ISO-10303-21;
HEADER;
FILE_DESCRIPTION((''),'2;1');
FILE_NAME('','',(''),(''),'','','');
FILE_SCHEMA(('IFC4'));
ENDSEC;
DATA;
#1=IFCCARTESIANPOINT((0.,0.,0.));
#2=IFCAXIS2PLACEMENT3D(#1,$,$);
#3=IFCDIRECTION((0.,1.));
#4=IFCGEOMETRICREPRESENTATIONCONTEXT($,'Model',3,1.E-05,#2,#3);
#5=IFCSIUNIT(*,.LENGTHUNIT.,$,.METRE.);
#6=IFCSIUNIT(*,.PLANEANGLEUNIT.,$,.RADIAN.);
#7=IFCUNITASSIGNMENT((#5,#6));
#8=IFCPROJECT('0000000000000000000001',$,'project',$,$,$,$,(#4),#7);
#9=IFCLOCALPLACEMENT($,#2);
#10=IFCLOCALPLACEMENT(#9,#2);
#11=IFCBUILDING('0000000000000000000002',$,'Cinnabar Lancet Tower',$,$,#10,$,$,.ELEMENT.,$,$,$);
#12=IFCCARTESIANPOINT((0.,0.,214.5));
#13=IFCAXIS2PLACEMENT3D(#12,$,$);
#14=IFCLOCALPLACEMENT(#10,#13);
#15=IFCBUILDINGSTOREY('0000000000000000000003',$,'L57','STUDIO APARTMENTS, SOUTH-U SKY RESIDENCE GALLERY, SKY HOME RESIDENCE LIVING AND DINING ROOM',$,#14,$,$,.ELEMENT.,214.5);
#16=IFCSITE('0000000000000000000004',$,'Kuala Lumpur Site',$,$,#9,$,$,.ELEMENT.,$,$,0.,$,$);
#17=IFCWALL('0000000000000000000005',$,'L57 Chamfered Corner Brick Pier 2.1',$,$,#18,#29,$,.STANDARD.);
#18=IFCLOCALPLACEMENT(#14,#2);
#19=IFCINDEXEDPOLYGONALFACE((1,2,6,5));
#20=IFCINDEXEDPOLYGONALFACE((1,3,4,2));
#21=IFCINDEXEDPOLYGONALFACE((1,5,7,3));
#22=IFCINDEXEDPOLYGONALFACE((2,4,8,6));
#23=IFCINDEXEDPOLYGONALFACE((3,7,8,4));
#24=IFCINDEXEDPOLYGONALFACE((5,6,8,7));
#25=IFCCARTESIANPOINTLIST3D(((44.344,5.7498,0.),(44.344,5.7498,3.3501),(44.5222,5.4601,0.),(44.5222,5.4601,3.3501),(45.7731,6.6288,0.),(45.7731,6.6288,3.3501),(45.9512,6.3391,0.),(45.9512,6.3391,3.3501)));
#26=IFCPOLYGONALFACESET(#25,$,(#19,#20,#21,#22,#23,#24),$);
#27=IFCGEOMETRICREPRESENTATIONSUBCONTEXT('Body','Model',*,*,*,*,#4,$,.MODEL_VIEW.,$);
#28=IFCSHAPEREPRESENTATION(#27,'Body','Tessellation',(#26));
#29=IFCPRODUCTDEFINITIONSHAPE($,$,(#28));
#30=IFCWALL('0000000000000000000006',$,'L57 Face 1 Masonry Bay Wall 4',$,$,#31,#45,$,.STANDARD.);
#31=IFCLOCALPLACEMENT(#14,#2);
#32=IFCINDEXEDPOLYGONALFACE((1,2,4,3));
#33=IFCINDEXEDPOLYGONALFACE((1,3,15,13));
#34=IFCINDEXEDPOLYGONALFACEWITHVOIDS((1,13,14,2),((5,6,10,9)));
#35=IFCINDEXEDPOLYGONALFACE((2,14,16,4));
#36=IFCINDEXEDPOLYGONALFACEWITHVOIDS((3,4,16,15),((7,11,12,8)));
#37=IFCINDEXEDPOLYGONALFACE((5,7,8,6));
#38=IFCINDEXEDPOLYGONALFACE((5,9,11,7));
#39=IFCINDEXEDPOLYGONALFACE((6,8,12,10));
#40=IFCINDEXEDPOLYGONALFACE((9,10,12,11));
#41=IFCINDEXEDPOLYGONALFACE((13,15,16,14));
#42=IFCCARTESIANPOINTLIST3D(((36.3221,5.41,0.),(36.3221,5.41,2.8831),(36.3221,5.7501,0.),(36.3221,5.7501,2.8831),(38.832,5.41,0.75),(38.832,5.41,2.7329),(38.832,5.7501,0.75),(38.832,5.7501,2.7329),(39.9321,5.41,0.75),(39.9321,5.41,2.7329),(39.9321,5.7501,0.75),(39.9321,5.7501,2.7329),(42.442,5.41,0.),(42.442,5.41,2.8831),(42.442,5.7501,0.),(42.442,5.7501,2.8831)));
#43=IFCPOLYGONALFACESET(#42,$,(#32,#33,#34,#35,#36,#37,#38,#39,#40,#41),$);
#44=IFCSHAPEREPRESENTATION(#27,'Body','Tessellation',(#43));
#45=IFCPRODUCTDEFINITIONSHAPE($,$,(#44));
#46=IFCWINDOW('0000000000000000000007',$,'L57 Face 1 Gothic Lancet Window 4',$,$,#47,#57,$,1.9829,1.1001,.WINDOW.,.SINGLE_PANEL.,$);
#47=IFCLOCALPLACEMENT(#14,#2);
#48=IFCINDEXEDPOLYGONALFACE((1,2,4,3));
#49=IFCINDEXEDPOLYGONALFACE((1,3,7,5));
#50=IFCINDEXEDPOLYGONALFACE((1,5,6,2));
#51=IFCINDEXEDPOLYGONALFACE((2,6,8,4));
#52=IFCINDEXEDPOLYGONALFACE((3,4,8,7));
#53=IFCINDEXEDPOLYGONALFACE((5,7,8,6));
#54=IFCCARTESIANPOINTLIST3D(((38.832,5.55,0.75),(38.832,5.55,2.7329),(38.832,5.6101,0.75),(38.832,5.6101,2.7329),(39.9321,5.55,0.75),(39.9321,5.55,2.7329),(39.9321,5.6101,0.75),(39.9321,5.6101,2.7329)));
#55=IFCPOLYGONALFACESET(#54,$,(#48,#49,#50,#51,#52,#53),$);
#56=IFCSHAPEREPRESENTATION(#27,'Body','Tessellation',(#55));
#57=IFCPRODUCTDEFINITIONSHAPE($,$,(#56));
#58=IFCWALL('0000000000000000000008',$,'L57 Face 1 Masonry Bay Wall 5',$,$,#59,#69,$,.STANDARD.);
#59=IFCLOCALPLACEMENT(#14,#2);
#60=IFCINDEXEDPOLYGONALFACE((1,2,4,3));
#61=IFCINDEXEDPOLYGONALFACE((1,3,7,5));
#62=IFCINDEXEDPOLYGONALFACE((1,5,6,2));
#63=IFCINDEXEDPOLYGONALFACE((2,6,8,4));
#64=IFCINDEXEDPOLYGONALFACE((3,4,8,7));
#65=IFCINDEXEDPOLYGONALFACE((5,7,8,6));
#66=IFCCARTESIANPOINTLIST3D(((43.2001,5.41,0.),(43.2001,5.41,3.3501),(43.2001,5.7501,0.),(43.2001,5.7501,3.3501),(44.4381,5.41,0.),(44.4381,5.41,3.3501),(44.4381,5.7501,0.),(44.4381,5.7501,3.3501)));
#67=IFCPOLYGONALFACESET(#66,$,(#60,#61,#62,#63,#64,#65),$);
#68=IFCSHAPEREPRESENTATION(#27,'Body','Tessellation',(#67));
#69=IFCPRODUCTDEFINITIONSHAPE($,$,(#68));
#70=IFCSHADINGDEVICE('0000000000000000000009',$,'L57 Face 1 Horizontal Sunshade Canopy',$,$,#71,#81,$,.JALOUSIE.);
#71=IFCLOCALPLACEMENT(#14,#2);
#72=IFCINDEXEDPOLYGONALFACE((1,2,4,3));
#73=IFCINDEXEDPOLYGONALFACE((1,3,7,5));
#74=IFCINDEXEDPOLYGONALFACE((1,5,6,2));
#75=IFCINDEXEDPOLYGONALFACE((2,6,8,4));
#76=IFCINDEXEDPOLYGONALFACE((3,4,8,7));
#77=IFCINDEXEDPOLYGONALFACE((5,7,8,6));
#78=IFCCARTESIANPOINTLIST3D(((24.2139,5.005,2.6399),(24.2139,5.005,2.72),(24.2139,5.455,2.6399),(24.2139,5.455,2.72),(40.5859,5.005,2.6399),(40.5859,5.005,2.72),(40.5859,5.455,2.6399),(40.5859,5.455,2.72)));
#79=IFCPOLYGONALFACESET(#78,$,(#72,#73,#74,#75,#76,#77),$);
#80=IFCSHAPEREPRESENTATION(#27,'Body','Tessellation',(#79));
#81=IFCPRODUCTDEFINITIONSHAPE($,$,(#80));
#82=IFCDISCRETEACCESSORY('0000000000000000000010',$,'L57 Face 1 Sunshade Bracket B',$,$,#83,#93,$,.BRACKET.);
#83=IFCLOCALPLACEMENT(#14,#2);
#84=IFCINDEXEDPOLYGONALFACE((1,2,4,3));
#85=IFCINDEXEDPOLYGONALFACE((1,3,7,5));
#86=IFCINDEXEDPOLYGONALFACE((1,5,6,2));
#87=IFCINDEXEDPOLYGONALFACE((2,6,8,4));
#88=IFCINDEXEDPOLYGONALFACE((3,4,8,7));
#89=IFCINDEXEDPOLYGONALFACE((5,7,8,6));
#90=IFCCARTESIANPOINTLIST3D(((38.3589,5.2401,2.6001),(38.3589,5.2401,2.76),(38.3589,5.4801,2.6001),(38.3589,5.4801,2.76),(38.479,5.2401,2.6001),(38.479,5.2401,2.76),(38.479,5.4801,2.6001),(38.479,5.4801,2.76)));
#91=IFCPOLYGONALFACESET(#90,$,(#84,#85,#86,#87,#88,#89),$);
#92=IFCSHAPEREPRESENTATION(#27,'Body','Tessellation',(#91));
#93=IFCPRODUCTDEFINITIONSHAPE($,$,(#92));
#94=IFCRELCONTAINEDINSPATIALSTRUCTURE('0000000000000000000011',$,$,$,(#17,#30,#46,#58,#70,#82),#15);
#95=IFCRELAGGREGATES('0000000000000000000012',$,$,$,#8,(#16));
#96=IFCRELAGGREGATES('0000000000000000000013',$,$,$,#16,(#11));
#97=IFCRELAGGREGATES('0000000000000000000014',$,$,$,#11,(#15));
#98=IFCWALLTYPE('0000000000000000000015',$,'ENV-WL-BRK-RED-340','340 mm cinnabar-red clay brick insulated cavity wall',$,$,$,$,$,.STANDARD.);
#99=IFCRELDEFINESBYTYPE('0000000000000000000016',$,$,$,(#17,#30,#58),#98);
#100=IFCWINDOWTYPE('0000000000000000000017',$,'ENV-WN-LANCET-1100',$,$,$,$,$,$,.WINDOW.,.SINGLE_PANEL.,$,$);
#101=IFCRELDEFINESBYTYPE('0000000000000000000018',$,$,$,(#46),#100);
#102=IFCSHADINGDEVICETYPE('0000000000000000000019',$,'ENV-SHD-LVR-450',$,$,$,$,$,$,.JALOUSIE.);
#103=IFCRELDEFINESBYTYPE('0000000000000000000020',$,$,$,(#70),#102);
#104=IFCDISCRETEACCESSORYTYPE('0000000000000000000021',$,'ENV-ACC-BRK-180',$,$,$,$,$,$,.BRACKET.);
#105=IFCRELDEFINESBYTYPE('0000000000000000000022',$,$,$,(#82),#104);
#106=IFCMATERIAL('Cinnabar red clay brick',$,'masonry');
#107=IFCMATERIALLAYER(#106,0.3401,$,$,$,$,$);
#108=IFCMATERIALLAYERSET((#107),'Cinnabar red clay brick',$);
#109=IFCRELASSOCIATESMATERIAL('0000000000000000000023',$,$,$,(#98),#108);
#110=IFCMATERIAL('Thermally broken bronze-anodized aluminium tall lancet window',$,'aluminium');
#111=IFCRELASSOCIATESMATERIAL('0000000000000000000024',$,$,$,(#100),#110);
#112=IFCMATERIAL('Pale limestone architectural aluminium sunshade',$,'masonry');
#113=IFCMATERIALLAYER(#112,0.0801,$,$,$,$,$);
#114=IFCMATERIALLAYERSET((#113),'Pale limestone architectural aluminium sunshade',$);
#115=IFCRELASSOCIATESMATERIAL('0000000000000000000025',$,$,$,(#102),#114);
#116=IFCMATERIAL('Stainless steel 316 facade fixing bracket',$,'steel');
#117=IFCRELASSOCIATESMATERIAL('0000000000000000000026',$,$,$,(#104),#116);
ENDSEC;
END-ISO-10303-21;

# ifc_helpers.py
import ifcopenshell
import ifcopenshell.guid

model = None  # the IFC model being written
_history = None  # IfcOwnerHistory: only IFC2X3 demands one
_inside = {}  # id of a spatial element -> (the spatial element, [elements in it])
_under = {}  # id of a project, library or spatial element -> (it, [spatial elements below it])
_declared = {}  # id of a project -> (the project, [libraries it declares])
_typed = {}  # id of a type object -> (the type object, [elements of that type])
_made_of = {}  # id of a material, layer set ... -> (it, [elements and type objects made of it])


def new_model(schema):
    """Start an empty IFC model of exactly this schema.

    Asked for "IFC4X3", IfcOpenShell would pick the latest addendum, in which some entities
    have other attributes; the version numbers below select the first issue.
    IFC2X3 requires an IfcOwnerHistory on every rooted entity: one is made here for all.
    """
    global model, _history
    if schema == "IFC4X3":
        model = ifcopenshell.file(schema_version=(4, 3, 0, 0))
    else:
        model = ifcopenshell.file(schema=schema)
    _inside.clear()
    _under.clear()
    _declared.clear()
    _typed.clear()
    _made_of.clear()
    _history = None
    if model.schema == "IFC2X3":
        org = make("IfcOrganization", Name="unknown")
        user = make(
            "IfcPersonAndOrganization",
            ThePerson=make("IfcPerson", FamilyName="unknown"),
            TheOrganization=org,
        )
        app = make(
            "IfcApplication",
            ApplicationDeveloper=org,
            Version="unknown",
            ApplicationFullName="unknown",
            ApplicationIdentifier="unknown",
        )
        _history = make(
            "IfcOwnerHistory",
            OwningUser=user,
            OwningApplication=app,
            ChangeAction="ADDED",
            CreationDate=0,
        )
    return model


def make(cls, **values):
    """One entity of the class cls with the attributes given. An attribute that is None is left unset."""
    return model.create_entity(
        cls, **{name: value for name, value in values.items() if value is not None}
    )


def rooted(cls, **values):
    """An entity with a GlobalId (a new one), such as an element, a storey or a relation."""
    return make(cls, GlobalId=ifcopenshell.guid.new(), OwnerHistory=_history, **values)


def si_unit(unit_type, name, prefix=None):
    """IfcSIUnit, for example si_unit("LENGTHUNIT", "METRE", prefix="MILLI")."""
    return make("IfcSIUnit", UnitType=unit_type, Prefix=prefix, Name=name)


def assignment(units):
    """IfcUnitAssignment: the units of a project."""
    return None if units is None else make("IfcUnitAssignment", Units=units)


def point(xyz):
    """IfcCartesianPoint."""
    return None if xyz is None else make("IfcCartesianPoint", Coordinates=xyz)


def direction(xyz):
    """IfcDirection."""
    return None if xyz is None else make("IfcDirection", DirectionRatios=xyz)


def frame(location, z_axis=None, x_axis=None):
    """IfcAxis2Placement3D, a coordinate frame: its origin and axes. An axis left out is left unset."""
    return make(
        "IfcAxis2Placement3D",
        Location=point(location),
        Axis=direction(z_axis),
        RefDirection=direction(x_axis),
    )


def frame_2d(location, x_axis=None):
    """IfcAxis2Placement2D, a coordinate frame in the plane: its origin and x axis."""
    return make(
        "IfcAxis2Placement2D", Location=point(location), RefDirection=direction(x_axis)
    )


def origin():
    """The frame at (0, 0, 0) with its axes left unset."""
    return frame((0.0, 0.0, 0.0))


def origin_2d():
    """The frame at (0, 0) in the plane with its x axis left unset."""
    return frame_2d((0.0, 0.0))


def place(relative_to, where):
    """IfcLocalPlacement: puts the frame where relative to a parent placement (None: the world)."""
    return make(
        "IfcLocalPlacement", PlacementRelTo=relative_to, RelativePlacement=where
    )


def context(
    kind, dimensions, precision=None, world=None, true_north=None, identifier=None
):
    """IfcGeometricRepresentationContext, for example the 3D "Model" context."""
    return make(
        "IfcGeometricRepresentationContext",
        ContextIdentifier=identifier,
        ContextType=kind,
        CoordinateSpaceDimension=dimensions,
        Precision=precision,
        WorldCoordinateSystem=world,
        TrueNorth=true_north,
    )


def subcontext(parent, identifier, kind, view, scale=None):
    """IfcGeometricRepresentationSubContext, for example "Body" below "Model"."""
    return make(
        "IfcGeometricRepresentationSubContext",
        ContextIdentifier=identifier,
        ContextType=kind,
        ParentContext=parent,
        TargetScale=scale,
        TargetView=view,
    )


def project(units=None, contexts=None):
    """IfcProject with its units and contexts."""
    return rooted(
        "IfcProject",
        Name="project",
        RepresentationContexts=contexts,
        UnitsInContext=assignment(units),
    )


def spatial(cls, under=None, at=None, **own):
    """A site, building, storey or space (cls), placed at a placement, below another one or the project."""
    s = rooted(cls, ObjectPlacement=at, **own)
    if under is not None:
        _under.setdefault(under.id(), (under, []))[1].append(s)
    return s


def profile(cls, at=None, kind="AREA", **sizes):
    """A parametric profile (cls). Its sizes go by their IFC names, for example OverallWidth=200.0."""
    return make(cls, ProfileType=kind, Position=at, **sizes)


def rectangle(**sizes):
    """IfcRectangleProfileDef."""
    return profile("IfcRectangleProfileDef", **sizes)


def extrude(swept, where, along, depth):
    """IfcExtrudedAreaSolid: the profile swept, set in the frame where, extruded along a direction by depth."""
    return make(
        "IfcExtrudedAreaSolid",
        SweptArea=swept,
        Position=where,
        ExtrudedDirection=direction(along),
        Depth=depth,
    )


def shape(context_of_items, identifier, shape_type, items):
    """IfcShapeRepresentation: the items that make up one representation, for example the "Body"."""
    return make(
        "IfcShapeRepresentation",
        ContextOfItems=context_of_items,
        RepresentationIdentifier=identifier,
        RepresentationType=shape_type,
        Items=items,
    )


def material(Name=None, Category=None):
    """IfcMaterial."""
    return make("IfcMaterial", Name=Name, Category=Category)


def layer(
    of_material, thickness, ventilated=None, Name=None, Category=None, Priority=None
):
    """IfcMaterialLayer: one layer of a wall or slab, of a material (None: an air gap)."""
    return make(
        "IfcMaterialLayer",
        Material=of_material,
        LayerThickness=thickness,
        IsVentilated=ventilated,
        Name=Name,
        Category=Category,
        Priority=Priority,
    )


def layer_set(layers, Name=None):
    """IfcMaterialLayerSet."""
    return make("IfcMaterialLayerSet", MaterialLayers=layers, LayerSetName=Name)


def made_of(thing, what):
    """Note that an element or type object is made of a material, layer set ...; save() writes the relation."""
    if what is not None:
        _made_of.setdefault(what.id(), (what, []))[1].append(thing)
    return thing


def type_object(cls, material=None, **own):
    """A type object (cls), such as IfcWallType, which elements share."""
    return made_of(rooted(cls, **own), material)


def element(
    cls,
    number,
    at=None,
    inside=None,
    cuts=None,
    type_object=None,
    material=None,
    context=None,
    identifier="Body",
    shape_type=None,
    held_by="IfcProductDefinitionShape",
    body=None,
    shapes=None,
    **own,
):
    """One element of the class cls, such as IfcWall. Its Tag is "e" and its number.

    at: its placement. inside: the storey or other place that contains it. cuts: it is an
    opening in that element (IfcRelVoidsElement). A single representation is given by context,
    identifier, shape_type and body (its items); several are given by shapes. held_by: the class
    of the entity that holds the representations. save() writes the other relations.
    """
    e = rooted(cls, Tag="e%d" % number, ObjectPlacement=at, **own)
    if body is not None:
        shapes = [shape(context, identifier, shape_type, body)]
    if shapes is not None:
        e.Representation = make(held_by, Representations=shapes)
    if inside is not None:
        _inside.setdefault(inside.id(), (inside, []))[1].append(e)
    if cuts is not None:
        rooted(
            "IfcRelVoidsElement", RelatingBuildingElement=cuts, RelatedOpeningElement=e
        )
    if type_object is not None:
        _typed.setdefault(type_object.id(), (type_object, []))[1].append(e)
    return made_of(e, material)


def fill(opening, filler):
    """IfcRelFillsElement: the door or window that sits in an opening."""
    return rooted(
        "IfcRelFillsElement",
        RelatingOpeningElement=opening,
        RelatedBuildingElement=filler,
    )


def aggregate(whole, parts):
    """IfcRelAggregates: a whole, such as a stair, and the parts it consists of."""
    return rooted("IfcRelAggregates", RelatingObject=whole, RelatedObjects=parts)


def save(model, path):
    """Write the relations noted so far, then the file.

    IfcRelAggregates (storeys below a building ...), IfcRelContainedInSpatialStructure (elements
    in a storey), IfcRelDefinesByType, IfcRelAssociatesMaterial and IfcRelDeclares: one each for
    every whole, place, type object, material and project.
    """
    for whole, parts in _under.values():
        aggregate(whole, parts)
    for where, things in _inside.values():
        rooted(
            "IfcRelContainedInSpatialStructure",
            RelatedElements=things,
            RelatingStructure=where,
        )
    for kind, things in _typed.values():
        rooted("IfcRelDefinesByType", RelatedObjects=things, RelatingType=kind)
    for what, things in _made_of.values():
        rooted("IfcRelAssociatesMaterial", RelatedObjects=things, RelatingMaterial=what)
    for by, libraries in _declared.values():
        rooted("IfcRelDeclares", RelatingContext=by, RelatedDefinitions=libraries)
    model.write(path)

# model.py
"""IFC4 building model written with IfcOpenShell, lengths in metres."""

from ifc_helpers import new_model, si_unit, direction, frame, frame_2d, origin, origin_2d, place, context, subcontext, project, spatial, rectangle, extrude, material, layer, layer_set, type_object, element, fill, save


model = new_model("IFC4")

# Units and contexts
model_context = context("Model", 3, precision=1e-05, world=origin(), true_north=direction((0.0, 1.0)))
body_context = subcontext(model_context, "Body", "Model", "MODEL_VIEW")
ifc_project = project(units=[si_unit("LENGTHUNIT", "METRE"), si_unit("PLANEANGLEUNIT", "RADIAN")], contexts=[model_context])

# Site, building, storey
site_placement = place(None, origin())
site = spatial("IfcSite", under=ifc_project, at=site_placement, Name="Kuala Lumpur Site", CompositionType="ELEMENT", RefElevation=0.0)
building_placement = place(site_placement, origin())
building = spatial("IfcBuilding", under=site, at=building_placement, Name="Cinnabar Lancet Tower", CompositionType="ELEMENT")
storey_placement = place(building_placement, frame((0.0, 0.0, 214.5)))
storey = spatial("IfcBuildingStorey", under=building, at=storey_placement, Name="L57", Description="STUDIO APARTMENTS, SOUTH-U SKY RESIDENCE GALLERY, SKY HOME RESIDENCE LIVING AND DINING ROOM", CompositionType="ELEMENT", Elevation=214.5)

# Wall
ifc_material_1 = material(Name="Cinnabar red clay brick", Category="masonry")
ifc_layer_1 = layer(ifc_material_1, 0.3401)
ifc_layer_set_1 = layer_set([ifc_layer_1], Name="Cinnabar red clay brick")
wall_type_1 = type_object("IfcWallType", Name="ENV-WL-BRK-RED-340", Description="340 mm cinnabar-red clay brick insulated cavity wall", PredefinedType="STANDARD", material=ifc_layer_set_1)
wall_1_placement = place(storey_placement, frame((44.4331, 5.605, 0.0), z_axis=(0.0, 0.0, 1.0), x_axis=(0.851778, 0.523903, 0.0)))
element("IfcWall", 1, at=wall_1_placement, inside=storey, type_object=wall_type_1, Name="L57 Chamfered Corner Brick Pier 2.1", PredefinedType="STANDARD", context=body_context, shape_type="SweptSolid", body=[
    extrude(rectangle(XDim=1.6777, YDim=0.3401, at=frame_2d((0.8389, 0.0))), origin(), (0.0, 0.0, 1.0), 3.3501),
])

# Wall, opening, window
wall_2_placement = place(storey_placement, frame((36.322, 5.5801, 0.0), z_axis=(0.0, 0.0, 1.0), x_axis=(1.0, 0.0, 0.0)))
wall_2 = element("IfcWall", 2, at=wall_2_placement, inside=storey, type_object=wall_type_1, Name="L57 Face 1 Masonry Bay Wall 4", PredefinedType="STANDARD", context=body_context, shape_type="SweptSolid", body=[
    extrude(rectangle(XDim=6.1199, YDim=0.3401, at=frame_2d((3.0601, 0.0))), origin(), (0.0, 0.0, 1.0), 2.8831),
])
opening_1_placement = place(wall_2_placement, frame((2.51, 0.0, 0.75)))
opening_1 = element("IfcOpeningElement", 3, at=opening_1_placement, cuts=wall_2, PredefinedType="OPENING", context=body_context, shape_type="SweptSolid", body=[
    extrude(rectangle(XDim=1.1001, YDim=1.9829, at=frame_2d((0.55, 0.9915))), frame((0.0, 0.1799, 0.0), z_axis=(0.0, -1.0, 0.0), x_axis=(1.0, 0.0, 0.0)), (0.0, 0.0, 1.0), 0.3601),
])
ifc_material_2 = material(Name="Thermally broken bronze-anodized aluminium tall lancet window", Category="aluminium")
window_type = type_object("IfcWindowType", Name="ENV-WN-LANCET-1100", PartitioningType="SINGLE_PANEL", PredefinedType="WINDOW", material=ifc_material_2)
window_placement = place(opening_1_placement, origin())
window = element("IfcWindow", 4, at=window_placement, inside=storey, type_object=window_type, Name="L57 Face 1 Gothic Lancet Window 4", OverallHeight=1.9829, OverallWidth=1.1001, PartitioningType="SINGLE_PANEL", PredefinedType="WINDOW", context=body_context, shape_type="SweptSolid", body=[
    extrude(rectangle(XDim=1.1001, YDim=1.9829, at=frame_2d((0.55, 0.9915))), frame((0.0, 0.03, 0.0), z_axis=(0.0, -1.0, 0.0), x_axis=(1.0, 0.0, 0.0)), (0.0, 0.0, 1.0), 0.0601),
])
fill(opening_1, window)

# Wall
wall_3_placement = place(storey_placement, frame((43.2, 5.5801, 0.0), z_axis=(0.0, 0.0, 1.0), x_axis=(1.0, 0.0, 0.0)))
element("IfcWall", 5, at=wall_3_placement, inside=storey, type_object=wall_type_1, Name="L57 Face 1 Masonry Bay Wall 5", PredefinedType="STANDARD", context=body_context, shape_type="SweptSolid", body=[
    extrude(rectangle(XDim=1.238, YDim=0.3401, at=frame_2d((0.6191, 0.0))), origin(), (0.0, 0.0, 1.0), 3.3501),
])

# Shading device
ifc_material_3 = material(Name="Pale limestone architectural aluminium sunshade", Category="masonry")
ifc_layer_2 = layer(ifc_material_3, 0.0801)
ifc_layer_set_2 = layer_set([ifc_layer_2], Name="Pale limestone architectural aluminium sunshade")
shading_device_type = type_object("IfcShadingDeviceType", Name="ENV-SHD-LVR-450", PredefinedType="JALOUSIE", material=ifc_layer_set_2)
shading_device_placement = place(storey_placement, frame((32.3999, 5.23, 2.6399), z_axis=(0.0, 0.0, 1.0), x_axis=(1.0, 0.0, 0.0)))
element("IfcShadingDevice", 6, at=shading_device_placement, inside=storey, type_object=shading_device_type, Name="L57 Face 1 Horizontal Sunshade Canopy", PredefinedType="JALOUSIE", context=body_context, shape_type="SweptSolid", body=[
    extrude(rectangle(XDim=16.3721, YDim=0.45, at=origin_2d()), origin(), (0.0, 0.0, 1.0), 0.0801),
])

# Discrete accessory
ifc_material_4 = material(Name="Stainless steel 316 facade fixing bracket", Category="steel")
discrete_accessory_type = type_object("IfcDiscreteAccessoryType", Name="ENV-ACC-BRK-180", PredefinedType="BRACKET", material=ifc_material_4)
discrete_accessory_placement = place(storey_placement, frame((38.4189, 5.3601, 2.6001), z_axis=(0.0, 0.0, 1.0), x_axis=(1.0, 0.0, 0.0)))
element("IfcDiscreteAccessory", 7, at=discrete_accessory_placement, inside=storey, type_object=discrete_accessory_type, Name="L57 Face 1 Sunshade Bracket B", PredefinedType="BRACKET", context=body_context, shape_type="SweptSolid", body=[
    extrude(rectangle(XDim=0.1201, YDim=0.24, at=origin_2d()), origin(), (0.0, 0.0, 1.0), 0.1599),
])

save(model, "model.ifc")
